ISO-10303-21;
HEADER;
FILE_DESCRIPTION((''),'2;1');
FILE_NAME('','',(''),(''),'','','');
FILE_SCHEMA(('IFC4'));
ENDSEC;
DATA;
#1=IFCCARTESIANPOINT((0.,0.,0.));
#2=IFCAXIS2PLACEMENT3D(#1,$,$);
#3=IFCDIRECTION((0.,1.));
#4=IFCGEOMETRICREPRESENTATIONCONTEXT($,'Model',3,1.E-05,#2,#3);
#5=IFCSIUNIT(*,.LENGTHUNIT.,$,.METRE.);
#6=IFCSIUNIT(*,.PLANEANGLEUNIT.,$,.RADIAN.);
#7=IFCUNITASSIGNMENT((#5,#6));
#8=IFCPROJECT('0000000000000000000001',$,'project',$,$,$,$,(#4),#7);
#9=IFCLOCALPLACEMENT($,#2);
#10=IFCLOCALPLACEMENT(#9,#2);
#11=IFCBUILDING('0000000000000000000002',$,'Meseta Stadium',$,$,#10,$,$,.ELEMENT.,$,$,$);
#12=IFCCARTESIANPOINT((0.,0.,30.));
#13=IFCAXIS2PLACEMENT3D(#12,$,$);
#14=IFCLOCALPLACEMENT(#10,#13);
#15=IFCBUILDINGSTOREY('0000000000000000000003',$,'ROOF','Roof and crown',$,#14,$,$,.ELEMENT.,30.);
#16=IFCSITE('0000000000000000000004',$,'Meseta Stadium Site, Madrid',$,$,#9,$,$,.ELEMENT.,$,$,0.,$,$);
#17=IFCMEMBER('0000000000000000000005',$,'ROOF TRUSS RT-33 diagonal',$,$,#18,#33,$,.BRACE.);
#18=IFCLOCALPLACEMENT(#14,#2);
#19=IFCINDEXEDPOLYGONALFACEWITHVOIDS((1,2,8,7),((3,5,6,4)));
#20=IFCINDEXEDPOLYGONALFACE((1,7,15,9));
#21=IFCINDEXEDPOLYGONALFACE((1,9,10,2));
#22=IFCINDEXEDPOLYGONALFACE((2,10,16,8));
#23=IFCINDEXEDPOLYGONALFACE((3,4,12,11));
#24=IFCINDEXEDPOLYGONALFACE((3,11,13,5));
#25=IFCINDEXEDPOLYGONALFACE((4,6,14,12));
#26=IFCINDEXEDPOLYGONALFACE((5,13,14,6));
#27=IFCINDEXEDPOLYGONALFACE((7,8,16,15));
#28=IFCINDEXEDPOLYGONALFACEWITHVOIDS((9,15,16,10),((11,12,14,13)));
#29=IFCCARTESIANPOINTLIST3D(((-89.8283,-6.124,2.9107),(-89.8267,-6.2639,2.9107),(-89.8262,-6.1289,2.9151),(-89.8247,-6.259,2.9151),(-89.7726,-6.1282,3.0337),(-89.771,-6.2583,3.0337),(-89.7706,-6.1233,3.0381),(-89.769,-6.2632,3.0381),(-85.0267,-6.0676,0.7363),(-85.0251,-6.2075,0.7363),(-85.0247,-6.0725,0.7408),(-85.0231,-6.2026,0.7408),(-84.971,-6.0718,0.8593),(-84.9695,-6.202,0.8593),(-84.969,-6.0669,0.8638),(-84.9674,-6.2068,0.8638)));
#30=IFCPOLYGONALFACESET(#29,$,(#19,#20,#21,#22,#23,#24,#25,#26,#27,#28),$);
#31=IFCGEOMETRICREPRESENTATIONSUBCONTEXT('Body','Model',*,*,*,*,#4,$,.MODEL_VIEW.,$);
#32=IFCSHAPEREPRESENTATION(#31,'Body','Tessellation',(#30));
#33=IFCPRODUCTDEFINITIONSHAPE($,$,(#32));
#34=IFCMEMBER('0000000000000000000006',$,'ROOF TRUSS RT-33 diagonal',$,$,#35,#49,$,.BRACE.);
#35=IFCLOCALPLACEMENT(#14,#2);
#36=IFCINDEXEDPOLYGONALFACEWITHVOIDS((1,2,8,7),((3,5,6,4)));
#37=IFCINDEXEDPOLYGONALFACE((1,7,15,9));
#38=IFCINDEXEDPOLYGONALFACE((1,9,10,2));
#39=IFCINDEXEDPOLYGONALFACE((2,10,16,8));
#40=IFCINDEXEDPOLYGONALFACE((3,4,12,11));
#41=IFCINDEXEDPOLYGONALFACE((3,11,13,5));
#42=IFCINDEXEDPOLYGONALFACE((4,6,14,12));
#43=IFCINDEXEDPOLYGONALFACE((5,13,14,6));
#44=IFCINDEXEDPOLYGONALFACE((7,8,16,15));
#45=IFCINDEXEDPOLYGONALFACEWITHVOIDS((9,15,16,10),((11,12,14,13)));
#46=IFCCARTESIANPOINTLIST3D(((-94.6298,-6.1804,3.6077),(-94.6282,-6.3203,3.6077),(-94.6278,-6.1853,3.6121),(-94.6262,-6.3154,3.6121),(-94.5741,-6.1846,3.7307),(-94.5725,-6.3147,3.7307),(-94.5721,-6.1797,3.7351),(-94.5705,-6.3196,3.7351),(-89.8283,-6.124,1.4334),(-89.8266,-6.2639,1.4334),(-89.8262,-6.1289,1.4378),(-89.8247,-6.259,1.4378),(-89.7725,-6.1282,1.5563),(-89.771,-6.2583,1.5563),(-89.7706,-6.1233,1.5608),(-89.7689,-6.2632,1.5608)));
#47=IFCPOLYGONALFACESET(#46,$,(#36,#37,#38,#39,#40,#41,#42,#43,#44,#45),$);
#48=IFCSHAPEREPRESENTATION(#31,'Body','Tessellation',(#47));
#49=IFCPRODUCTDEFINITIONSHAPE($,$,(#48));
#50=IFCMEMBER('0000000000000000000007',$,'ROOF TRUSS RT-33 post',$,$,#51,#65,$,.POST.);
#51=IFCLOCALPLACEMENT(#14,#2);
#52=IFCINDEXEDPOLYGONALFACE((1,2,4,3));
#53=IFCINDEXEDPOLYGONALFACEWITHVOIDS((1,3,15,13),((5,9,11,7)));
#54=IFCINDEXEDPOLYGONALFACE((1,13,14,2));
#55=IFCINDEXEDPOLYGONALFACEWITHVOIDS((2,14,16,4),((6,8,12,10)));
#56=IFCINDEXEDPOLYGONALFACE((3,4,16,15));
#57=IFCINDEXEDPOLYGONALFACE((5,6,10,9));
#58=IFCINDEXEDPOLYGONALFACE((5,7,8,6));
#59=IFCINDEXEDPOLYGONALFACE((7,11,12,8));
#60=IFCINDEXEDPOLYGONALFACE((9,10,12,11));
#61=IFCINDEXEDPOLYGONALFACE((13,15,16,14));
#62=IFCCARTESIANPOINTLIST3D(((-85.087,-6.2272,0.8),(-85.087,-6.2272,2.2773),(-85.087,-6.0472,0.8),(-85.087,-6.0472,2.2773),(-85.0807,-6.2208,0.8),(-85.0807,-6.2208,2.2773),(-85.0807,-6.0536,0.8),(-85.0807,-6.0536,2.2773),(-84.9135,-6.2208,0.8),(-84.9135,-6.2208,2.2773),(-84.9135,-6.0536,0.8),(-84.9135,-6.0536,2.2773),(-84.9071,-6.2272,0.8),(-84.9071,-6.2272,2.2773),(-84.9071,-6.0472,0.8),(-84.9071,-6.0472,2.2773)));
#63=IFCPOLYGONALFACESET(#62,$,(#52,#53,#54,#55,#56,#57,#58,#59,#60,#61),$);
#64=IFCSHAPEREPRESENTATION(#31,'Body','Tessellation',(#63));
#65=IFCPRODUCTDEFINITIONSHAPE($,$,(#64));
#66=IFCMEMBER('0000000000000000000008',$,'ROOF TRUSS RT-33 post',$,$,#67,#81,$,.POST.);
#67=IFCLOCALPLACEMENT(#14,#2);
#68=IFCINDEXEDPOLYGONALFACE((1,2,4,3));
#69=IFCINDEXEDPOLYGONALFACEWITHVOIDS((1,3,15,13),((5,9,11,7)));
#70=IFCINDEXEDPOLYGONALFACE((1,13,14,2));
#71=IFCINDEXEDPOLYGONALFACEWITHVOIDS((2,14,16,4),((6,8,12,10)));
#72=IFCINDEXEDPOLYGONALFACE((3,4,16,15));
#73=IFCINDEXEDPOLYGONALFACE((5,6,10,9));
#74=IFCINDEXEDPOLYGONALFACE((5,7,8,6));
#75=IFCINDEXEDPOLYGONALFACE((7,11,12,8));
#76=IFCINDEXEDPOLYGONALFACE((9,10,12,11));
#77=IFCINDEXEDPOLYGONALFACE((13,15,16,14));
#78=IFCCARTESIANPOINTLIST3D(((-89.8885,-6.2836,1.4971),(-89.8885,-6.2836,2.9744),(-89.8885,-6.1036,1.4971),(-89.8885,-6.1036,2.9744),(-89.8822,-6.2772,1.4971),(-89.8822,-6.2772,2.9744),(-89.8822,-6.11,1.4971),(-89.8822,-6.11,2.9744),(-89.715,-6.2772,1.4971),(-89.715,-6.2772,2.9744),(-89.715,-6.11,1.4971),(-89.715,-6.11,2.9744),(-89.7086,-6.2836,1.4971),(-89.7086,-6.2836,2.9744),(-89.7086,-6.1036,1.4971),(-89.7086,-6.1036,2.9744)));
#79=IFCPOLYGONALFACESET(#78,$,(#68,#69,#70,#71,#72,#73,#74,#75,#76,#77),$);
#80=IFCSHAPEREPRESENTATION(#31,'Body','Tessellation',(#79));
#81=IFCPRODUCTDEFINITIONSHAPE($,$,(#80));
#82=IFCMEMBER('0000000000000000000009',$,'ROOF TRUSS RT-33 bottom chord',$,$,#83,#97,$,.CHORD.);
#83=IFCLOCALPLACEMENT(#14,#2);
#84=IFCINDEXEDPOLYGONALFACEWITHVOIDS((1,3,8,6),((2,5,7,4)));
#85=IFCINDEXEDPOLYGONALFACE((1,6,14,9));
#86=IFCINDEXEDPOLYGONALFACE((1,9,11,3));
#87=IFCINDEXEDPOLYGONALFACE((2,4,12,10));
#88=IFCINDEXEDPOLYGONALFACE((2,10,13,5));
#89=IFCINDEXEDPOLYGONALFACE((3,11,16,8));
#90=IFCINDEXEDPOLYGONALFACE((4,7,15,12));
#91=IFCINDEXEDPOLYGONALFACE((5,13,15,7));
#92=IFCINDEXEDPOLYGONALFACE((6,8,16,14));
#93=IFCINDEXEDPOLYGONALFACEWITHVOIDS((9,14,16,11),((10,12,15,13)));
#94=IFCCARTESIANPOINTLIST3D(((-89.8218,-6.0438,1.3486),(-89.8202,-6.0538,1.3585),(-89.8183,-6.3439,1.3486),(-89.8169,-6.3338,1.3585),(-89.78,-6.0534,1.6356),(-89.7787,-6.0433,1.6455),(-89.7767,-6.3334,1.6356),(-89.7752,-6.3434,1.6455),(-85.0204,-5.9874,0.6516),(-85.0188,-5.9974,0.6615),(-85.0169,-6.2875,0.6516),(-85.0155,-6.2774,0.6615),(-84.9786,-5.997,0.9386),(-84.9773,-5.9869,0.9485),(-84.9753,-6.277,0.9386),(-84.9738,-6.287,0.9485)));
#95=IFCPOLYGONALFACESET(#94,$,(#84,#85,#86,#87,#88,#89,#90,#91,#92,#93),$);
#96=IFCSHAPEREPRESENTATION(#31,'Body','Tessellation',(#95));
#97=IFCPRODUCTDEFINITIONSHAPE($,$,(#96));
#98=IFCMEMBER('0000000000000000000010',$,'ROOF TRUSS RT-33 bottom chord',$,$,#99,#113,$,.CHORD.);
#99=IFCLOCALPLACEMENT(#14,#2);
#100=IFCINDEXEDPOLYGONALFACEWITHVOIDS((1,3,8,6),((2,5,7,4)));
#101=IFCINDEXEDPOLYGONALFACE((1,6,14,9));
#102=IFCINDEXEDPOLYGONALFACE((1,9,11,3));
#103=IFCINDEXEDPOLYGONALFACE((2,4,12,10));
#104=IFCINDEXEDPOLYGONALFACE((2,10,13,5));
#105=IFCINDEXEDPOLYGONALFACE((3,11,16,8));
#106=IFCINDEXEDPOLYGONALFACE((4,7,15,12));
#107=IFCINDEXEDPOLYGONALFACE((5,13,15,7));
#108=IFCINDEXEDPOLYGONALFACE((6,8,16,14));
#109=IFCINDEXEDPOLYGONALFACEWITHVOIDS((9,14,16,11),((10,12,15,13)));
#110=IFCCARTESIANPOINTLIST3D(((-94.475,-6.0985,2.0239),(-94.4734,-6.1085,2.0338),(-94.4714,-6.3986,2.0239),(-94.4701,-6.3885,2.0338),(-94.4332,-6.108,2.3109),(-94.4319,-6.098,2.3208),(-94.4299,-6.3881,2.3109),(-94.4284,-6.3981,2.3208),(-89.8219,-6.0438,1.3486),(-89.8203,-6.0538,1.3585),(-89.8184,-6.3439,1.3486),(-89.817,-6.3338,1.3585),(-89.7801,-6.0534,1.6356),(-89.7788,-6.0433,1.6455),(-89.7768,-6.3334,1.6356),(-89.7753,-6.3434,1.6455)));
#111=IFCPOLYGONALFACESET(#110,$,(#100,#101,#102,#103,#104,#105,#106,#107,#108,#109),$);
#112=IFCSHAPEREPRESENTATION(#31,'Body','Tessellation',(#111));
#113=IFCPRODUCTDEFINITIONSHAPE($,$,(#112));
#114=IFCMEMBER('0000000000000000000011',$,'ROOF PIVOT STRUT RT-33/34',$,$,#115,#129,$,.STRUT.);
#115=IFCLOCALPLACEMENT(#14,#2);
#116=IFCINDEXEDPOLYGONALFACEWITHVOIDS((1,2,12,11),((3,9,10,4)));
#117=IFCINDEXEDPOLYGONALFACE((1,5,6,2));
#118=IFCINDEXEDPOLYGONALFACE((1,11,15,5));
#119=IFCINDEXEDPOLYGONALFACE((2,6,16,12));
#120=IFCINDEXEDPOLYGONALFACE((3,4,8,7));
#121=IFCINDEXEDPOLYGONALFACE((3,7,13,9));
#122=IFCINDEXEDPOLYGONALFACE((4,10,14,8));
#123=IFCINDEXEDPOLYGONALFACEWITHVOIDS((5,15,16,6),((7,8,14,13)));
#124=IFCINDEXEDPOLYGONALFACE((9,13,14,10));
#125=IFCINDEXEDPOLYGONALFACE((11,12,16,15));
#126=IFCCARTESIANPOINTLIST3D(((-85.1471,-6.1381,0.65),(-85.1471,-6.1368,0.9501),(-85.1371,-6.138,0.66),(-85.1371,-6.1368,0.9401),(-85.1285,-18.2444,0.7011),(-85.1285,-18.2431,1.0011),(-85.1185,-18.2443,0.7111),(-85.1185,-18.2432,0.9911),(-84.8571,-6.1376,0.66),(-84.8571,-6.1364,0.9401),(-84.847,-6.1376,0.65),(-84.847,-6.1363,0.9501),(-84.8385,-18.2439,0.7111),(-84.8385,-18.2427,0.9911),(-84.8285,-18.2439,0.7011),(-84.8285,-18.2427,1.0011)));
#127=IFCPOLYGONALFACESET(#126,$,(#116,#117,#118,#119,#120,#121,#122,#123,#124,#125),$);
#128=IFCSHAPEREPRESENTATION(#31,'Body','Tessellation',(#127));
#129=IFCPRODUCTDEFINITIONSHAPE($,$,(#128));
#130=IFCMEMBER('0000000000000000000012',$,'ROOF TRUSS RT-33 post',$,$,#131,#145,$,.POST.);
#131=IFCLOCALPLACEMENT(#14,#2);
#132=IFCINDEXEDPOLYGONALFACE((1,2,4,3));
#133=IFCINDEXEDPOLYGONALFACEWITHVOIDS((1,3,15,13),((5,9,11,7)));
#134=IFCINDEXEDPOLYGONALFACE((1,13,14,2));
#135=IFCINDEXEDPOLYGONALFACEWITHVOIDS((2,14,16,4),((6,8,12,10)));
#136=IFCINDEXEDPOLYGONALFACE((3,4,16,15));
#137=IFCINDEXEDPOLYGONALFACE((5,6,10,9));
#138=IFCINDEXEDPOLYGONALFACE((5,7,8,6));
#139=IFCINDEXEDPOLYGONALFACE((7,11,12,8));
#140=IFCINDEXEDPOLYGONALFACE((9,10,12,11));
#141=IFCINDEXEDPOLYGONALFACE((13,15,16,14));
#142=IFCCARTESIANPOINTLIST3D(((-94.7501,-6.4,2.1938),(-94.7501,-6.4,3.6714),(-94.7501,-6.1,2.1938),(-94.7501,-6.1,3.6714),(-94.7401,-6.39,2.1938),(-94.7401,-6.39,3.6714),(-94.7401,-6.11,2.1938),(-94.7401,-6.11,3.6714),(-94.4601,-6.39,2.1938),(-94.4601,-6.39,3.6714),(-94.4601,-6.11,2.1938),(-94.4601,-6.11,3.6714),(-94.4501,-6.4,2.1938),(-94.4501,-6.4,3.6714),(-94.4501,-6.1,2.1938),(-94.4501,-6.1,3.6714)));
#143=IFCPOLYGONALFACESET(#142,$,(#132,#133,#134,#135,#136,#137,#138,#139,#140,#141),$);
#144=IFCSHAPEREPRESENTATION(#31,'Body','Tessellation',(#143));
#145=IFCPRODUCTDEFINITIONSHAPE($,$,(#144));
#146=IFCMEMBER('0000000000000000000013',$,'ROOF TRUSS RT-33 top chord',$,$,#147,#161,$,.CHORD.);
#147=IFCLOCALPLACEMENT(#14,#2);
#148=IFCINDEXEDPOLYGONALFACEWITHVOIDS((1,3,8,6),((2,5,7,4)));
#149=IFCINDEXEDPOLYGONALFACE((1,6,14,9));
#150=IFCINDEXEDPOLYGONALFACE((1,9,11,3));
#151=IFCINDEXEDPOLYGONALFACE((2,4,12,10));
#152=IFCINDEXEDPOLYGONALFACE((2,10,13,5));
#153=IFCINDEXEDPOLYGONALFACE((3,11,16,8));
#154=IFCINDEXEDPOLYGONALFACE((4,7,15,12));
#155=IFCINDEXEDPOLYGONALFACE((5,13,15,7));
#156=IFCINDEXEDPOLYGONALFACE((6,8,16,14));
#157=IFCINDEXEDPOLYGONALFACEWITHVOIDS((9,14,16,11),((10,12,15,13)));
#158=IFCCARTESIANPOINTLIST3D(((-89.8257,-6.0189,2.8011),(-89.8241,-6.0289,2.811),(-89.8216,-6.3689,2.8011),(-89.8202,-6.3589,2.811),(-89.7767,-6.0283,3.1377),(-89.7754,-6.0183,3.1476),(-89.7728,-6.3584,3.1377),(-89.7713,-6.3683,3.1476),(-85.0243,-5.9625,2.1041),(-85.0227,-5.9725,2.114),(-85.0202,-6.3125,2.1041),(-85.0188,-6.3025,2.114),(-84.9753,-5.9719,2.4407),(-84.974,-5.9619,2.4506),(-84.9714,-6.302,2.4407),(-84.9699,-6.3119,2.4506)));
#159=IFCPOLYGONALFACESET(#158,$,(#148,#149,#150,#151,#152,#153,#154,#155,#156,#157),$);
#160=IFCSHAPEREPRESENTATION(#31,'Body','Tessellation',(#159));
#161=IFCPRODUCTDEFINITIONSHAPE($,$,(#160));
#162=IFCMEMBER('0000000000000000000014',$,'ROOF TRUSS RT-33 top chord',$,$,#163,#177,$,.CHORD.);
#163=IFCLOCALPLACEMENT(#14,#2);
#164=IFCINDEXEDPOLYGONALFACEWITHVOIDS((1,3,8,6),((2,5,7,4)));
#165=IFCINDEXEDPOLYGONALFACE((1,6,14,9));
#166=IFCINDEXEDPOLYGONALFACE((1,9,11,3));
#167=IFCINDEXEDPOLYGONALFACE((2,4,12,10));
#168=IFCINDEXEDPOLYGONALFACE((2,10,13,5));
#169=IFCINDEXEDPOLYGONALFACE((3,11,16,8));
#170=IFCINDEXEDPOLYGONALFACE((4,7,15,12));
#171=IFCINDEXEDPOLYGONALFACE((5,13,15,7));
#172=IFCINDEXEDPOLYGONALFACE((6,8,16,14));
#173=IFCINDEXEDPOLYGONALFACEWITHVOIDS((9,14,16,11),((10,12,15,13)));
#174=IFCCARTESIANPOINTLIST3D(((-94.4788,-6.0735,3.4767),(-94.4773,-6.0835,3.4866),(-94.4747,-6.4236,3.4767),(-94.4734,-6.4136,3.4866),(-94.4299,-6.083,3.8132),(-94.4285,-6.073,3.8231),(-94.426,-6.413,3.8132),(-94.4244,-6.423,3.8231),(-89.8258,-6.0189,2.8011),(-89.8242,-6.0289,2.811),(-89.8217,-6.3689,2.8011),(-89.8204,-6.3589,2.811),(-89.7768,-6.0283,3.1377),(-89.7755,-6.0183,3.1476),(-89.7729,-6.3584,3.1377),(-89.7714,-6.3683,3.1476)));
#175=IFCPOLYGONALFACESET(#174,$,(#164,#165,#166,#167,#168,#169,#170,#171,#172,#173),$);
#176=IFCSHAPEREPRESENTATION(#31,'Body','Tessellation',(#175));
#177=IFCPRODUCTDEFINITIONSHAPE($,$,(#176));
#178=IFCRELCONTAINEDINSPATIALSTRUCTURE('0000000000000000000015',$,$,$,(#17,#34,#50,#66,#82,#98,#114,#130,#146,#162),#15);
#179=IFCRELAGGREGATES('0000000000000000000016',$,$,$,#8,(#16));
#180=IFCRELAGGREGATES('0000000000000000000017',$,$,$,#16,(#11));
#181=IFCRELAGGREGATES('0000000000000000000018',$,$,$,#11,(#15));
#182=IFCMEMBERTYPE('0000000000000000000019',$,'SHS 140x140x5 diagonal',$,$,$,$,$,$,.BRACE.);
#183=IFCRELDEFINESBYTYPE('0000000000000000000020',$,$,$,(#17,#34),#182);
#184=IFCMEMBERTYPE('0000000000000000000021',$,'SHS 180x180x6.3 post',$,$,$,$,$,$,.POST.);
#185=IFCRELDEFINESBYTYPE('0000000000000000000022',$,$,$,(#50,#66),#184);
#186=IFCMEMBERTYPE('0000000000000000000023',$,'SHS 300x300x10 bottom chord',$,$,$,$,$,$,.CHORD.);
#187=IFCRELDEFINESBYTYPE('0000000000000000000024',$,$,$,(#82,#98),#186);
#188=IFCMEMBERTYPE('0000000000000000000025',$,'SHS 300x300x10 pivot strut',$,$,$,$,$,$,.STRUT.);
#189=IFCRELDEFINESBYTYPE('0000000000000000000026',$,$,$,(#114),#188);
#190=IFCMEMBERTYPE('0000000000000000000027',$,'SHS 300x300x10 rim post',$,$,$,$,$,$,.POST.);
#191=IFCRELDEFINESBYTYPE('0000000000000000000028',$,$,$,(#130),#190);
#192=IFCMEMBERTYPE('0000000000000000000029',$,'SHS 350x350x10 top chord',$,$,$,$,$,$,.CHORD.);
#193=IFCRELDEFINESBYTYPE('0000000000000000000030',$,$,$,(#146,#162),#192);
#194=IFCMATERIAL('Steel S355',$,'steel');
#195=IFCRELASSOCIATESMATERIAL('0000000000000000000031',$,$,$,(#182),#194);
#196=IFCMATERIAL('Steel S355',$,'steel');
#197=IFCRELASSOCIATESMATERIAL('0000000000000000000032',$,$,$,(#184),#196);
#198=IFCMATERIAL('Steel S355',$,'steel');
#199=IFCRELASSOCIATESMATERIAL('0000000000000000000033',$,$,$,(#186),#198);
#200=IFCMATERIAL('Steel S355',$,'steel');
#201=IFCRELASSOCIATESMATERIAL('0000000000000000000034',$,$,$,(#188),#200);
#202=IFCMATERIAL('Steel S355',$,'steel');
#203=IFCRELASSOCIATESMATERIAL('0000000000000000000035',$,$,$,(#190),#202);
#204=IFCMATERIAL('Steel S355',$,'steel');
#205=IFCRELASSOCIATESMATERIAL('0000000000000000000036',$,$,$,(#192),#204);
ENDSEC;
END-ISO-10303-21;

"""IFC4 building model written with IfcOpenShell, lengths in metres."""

from ifc_helpers import new_model, si_unit, direction, frame, origin, origin_2d, place, context, subcontext, project, spatial, hollow_rectangle, extrude, material, material_profile, profile_set, type_object, element, save


model = new_model("IFC4")

# Units and contexts
model_context = context("Model", 3, precision=1e-05, world=origin(), true_north=direction((0.0, 1.0)))
body_context = subcontext(model_context, "Body", "Model", "MODEL_VIEW")
ifc_project = project(units=[si_unit("LENGTHUNIT", "METRE"), si_unit("PLANEANGLEUNIT", "RADIAN")], contexts=[model_context])

# Site, building, storey
site_placement = place(None, origin())
site = spatial("IfcSite", under=ifc_project, at=site_placement, Name="Meseta Stadium Site, Madrid", CompositionType="ELEMENT", RefElevation=0.0)
building_placement = place(site_placement, origin())
building = spatial("IfcBuilding", under=site, at=building_placement, Name="Meseta Stadium", CompositionType="ELEMENT")
storey_placement = place(building_placement, frame((0.0, 0.0, 30.0)))
storey = spatial("IfcBuildingStorey", under=building, at=storey_placement, Name="ROOF", Description="Roof and crown", CompositionType="ELEMENT", Elevation=30.0)

# Members
ifc_material_1 = material(Name="Steel S355", Category="steel")
ifc_material_profile_1 = material_profile(ifc_material_1, hollow_rectangle(XDim=0.1399, YDim=0.1399, WallThickness=0.0049, at=origin_2d()), Name="SHS 140x140x5")
ifc_profile_set_1 = profile_set([ifc_material_profile_1], Name="Steel S355")
member_type_1 = type_object("IfcMemberType", Name="SHS 140x140x5 diagonal", PredefinedType="BRACE", material=ifc_profile_set_1)
for number, where, z_axis, x_axis, name in (
    (1, (-84.9971, -6.1372, 0.8), (-0.910899, -0.010699, 0.412491), (0.011745, -0.999931, 0.0), "ROOF TRUSS RT-33 diagonal"),
    (2, (-89.7986, -6.1936, 1.4971), (-0.910899, -0.010699, 0.412491), (0.011745, -0.999931, 0.0), "ROOF TRUSS RT-33 diagonal"),
):
    element("IfcMember", number, at=place(storey_placement, frame(where, z_axis=z_axis, x_axis=x_axis)), inside=storey, type_object=member_type_1, Name=name, PredefinedType="BRACE", context=body_context, shape_type="SweptSolid", body=[
        extrude(hollow_rectangle(XDim=0.1399, YDim=0.1399, WallThickness=0.0049, at=origin_2d()), origin(), (0.0, 0.0, 1.0), 5.2712),
    ])
ifc_material_2 = material(Name="Steel S355", Category="steel")
ifc_material_profile_2 = material_profile(ifc_material_2, hollow_rectangle(XDim=0.1799, YDim=0.1799, WallThickness=0.0063, at=origin_2d()), Name="SHS 180x180x6.3")
ifc_profile_set_2 = profile_set([ifc_material_profile_2], Name="Steel S355")
member_type_2 = type_object("IfcMemberType", Name="SHS 180x180x6.3 post", PredefinedType="POST", material=ifc_profile_set_2)
for number, where, z_axis, x_axis, name in (
    (3, (-84.9971, -6.1372, 0.8), (0.0, 0.0, 1.0), (1.0, 0.0, 0.0), "ROOF TRUSS RT-33 post"),
    (4, (-89.7986, -6.1936, 1.4971), (0.0, 0.0, 1.0), (1.0, 0.0, 0.0), "ROOF TRUSS RT-33 post"),
):
    element("IfcMember", number, at=place(storey_placement, frame(where, z_axis=z_axis, x_axis=x_axis)), inside=storey, type_object=member_type_2, Name=name, PredefinedType="POST", context=body_context, shape_type="SweptSolid", body=[
        extrude(hollow_rectangle(XDim=0.1799, YDim=0.1799, WallThickness=0.0063, at=origin_2d()), origin(), (0.0, 0.0, 1.0), 1.4773),
    ])
ifc_material_3 = material(Name="Steel S355", Category="steel")
ifc_material_profile_3 = material_profile(ifc_material_3, hollow_rectangle(XDim=0.3, YDim=0.3, WallThickness=0.01, at=origin_2d()), Name="SHS 300x300x10")
ifc_profile_set_3 = profile_set([ifc_material_profile_3], Name="Steel S355")
member_type_3 = type_object("IfcMemberType", Name="SHS 300x300x10 bottom chord", PredefinedType="CHORD", material=ifc_profile_set_3)
member_1_placement = place(storey_placement, frame((-84.9971, -6.1372, 0.8), z_axis=(-0.98956, -0.011623, 0.143651), x_axis=(0.011745, -0.999931, 0.0)))
element("IfcMember", 5, at=member_1_placement, inside=storey, type_object=member_type_3, Name="ROOF TRUSS RT-33 bottom chord", PredefinedType="CHORD", context=body_context, shape_type="SweptSolid", body=[
    extrude(hollow_rectangle(XDim=0.3, YDim=0.3, WallThickness=0.01, at=origin_2d()), origin(), (0.0, 0.0, 1.0), 4.8521),
])
member_2_placement = place(storey_placement, frame((-89.7986, -6.1936, 1.4971), z_axis=(-0.989565, -0.01163, 0.143614), x_axis=(0.011752, -0.999931, 0.0)))
element("IfcMember", 6, at=member_2_placement, inside=storey, type_object=member_type_3, Name="ROOF TRUSS RT-33 bottom chord", PredefinedType="CHORD", context=body_context, shape_type="SweptSolid", body=[
    extrude(hollow_rectangle(XDim=0.3, YDim=0.3, WallThickness=0.01, at=origin_2d()), origin(), (0.0, 0.0, 1.0), 4.7021),
])
ifc_material_4 = material(Name="Steel S355", Category="steel")
ifc_material_profile_4 = material_profile(ifc_material_4, hollow_rectangle(XDim=0.3, YDim=0.3, WallThickness=0.01, at=origin_2d()), Name="SHS 300x300x10")
ifc_profile_set_4 = profile_set([ifc_material_profile_4], Name="Steel S355")
member_type_4 = type_object("IfcMemberType", Name="SHS 300x300x10 pivot strut", PredefinedType="STRUT", material=ifc_profile_set_4)
member_3_placement = place(storey_placement, frame((-84.9971, -6.1372, 0.8), z_axis=(0.001533, -0.99999, 0.004215), x_axis=(0.999999, 0.001533, 0.0)))
element("IfcMember", 7, at=member_3_placement, inside=storey, type_object=member_type_4, Name="ROOF PIVOT STRUT RT-33/34", PredefinedType="STRUT", context=body_context, shape_type="SweptSolid", body=[
    extrude(hollow_rectangle(XDim=0.3, YDim=0.3, WallThickness=0.01, at=origin_2d()), origin(), (0.0, 0.0, 1.0), 12.1064),
])
ifc_material_5 = material(Name="Steel S355", Category="steel")
ifc_material_profile_5 = material_profile(ifc_material_5, hollow_rectangle(XDim=0.3, YDim=0.3, WallThickness=0.01, at=origin_2d()), Name="SHS 300x300x10")
ifc_profile_set_5 = profile_set([ifc_material_profile_5], Name="Steel S355")
member_type_5 = type_object("IfcMemberType", Name="SHS 300x300x10 rim post", PredefinedType="POST", material=ifc_profile_set_5)
member_4_placement = place(storey_placement, frame((-94.6001, -6.25, 2.1938), z_axis=(0.0, 0.0, 1.0), x_axis=(1.0, 0.0, 0.0)))
element("IfcMember", 8, at=member_4_placement, inside=storey, type_object=member_type_5, Name="ROOF TRUSS RT-33 post", PredefinedType="POST", context=body_context, shape_type="SweptSolid", body=[
    extrude(hollow_rectangle(XDim=0.3, YDim=0.3, WallThickness=0.01, at=origin_2d()), origin(), (0.0, 0.0, 1.0), 1.4775),
])
ifc_material_6 = material(Name="Steel S355", Category="steel")
ifc_material_profile_6 = material_profile(ifc_material_6, hollow_rectangle(XDim=0.3501, YDim=0.3501, WallThickness=0.01, at=origin_2d()), Name="SHS 350x350x10")
ifc_profile_set_6 = profile_set([ifc_material_profile_6], Name="Steel S355")
member_type_6 = type_object("IfcMemberType", Name="SHS 350x350x10 top chord", PredefinedType="CHORD", material=ifc_profile_set_6)
member_5_placement = place(storey_placement, frame((-84.9971, -6.1372, 2.2773), z_axis=(-0.98956, -0.011623, 0.143651), x_axis=(0.011745, -0.999931, 0.0)))
element("IfcMember", 9, at=member_5_placement, inside=storey, type_object=member_type_6, Name="ROOF TRUSS RT-33 top chord", PredefinedType="CHORD", context=body_context, shape_type="SweptSolid", body=[
    extrude(hollow_rectangle(XDim=0.3501, YDim=0.3501, WallThickness=0.01, at=origin_2d()), origin(), (0.0, 0.0, 1.0), 4.8521),
])
member_6_placement = place(storey_placement, frame((-89.7986, -6.1936, 2.9744), z_axis=(-0.989558, -0.01163, 0.143665), x_axis=(0.011752, -0.999931, 0.0)))
element("IfcMember", 10, at=member_6_placement, inside=storey, type_object=member_type_6, Name="ROOF TRUSS RT-33 top chord", PredefinedType="CHORD", context=body_context, shape_type="SweptSolid", body=[
    extrude(hollow_rectangle(XDim=0.3501, YDim=0.3501, WallThickness=0.01, at=origin_2d()), origin(), (0.0, 0.0, 1.0), 4.7021),
])

save(model, "model.ifc")
